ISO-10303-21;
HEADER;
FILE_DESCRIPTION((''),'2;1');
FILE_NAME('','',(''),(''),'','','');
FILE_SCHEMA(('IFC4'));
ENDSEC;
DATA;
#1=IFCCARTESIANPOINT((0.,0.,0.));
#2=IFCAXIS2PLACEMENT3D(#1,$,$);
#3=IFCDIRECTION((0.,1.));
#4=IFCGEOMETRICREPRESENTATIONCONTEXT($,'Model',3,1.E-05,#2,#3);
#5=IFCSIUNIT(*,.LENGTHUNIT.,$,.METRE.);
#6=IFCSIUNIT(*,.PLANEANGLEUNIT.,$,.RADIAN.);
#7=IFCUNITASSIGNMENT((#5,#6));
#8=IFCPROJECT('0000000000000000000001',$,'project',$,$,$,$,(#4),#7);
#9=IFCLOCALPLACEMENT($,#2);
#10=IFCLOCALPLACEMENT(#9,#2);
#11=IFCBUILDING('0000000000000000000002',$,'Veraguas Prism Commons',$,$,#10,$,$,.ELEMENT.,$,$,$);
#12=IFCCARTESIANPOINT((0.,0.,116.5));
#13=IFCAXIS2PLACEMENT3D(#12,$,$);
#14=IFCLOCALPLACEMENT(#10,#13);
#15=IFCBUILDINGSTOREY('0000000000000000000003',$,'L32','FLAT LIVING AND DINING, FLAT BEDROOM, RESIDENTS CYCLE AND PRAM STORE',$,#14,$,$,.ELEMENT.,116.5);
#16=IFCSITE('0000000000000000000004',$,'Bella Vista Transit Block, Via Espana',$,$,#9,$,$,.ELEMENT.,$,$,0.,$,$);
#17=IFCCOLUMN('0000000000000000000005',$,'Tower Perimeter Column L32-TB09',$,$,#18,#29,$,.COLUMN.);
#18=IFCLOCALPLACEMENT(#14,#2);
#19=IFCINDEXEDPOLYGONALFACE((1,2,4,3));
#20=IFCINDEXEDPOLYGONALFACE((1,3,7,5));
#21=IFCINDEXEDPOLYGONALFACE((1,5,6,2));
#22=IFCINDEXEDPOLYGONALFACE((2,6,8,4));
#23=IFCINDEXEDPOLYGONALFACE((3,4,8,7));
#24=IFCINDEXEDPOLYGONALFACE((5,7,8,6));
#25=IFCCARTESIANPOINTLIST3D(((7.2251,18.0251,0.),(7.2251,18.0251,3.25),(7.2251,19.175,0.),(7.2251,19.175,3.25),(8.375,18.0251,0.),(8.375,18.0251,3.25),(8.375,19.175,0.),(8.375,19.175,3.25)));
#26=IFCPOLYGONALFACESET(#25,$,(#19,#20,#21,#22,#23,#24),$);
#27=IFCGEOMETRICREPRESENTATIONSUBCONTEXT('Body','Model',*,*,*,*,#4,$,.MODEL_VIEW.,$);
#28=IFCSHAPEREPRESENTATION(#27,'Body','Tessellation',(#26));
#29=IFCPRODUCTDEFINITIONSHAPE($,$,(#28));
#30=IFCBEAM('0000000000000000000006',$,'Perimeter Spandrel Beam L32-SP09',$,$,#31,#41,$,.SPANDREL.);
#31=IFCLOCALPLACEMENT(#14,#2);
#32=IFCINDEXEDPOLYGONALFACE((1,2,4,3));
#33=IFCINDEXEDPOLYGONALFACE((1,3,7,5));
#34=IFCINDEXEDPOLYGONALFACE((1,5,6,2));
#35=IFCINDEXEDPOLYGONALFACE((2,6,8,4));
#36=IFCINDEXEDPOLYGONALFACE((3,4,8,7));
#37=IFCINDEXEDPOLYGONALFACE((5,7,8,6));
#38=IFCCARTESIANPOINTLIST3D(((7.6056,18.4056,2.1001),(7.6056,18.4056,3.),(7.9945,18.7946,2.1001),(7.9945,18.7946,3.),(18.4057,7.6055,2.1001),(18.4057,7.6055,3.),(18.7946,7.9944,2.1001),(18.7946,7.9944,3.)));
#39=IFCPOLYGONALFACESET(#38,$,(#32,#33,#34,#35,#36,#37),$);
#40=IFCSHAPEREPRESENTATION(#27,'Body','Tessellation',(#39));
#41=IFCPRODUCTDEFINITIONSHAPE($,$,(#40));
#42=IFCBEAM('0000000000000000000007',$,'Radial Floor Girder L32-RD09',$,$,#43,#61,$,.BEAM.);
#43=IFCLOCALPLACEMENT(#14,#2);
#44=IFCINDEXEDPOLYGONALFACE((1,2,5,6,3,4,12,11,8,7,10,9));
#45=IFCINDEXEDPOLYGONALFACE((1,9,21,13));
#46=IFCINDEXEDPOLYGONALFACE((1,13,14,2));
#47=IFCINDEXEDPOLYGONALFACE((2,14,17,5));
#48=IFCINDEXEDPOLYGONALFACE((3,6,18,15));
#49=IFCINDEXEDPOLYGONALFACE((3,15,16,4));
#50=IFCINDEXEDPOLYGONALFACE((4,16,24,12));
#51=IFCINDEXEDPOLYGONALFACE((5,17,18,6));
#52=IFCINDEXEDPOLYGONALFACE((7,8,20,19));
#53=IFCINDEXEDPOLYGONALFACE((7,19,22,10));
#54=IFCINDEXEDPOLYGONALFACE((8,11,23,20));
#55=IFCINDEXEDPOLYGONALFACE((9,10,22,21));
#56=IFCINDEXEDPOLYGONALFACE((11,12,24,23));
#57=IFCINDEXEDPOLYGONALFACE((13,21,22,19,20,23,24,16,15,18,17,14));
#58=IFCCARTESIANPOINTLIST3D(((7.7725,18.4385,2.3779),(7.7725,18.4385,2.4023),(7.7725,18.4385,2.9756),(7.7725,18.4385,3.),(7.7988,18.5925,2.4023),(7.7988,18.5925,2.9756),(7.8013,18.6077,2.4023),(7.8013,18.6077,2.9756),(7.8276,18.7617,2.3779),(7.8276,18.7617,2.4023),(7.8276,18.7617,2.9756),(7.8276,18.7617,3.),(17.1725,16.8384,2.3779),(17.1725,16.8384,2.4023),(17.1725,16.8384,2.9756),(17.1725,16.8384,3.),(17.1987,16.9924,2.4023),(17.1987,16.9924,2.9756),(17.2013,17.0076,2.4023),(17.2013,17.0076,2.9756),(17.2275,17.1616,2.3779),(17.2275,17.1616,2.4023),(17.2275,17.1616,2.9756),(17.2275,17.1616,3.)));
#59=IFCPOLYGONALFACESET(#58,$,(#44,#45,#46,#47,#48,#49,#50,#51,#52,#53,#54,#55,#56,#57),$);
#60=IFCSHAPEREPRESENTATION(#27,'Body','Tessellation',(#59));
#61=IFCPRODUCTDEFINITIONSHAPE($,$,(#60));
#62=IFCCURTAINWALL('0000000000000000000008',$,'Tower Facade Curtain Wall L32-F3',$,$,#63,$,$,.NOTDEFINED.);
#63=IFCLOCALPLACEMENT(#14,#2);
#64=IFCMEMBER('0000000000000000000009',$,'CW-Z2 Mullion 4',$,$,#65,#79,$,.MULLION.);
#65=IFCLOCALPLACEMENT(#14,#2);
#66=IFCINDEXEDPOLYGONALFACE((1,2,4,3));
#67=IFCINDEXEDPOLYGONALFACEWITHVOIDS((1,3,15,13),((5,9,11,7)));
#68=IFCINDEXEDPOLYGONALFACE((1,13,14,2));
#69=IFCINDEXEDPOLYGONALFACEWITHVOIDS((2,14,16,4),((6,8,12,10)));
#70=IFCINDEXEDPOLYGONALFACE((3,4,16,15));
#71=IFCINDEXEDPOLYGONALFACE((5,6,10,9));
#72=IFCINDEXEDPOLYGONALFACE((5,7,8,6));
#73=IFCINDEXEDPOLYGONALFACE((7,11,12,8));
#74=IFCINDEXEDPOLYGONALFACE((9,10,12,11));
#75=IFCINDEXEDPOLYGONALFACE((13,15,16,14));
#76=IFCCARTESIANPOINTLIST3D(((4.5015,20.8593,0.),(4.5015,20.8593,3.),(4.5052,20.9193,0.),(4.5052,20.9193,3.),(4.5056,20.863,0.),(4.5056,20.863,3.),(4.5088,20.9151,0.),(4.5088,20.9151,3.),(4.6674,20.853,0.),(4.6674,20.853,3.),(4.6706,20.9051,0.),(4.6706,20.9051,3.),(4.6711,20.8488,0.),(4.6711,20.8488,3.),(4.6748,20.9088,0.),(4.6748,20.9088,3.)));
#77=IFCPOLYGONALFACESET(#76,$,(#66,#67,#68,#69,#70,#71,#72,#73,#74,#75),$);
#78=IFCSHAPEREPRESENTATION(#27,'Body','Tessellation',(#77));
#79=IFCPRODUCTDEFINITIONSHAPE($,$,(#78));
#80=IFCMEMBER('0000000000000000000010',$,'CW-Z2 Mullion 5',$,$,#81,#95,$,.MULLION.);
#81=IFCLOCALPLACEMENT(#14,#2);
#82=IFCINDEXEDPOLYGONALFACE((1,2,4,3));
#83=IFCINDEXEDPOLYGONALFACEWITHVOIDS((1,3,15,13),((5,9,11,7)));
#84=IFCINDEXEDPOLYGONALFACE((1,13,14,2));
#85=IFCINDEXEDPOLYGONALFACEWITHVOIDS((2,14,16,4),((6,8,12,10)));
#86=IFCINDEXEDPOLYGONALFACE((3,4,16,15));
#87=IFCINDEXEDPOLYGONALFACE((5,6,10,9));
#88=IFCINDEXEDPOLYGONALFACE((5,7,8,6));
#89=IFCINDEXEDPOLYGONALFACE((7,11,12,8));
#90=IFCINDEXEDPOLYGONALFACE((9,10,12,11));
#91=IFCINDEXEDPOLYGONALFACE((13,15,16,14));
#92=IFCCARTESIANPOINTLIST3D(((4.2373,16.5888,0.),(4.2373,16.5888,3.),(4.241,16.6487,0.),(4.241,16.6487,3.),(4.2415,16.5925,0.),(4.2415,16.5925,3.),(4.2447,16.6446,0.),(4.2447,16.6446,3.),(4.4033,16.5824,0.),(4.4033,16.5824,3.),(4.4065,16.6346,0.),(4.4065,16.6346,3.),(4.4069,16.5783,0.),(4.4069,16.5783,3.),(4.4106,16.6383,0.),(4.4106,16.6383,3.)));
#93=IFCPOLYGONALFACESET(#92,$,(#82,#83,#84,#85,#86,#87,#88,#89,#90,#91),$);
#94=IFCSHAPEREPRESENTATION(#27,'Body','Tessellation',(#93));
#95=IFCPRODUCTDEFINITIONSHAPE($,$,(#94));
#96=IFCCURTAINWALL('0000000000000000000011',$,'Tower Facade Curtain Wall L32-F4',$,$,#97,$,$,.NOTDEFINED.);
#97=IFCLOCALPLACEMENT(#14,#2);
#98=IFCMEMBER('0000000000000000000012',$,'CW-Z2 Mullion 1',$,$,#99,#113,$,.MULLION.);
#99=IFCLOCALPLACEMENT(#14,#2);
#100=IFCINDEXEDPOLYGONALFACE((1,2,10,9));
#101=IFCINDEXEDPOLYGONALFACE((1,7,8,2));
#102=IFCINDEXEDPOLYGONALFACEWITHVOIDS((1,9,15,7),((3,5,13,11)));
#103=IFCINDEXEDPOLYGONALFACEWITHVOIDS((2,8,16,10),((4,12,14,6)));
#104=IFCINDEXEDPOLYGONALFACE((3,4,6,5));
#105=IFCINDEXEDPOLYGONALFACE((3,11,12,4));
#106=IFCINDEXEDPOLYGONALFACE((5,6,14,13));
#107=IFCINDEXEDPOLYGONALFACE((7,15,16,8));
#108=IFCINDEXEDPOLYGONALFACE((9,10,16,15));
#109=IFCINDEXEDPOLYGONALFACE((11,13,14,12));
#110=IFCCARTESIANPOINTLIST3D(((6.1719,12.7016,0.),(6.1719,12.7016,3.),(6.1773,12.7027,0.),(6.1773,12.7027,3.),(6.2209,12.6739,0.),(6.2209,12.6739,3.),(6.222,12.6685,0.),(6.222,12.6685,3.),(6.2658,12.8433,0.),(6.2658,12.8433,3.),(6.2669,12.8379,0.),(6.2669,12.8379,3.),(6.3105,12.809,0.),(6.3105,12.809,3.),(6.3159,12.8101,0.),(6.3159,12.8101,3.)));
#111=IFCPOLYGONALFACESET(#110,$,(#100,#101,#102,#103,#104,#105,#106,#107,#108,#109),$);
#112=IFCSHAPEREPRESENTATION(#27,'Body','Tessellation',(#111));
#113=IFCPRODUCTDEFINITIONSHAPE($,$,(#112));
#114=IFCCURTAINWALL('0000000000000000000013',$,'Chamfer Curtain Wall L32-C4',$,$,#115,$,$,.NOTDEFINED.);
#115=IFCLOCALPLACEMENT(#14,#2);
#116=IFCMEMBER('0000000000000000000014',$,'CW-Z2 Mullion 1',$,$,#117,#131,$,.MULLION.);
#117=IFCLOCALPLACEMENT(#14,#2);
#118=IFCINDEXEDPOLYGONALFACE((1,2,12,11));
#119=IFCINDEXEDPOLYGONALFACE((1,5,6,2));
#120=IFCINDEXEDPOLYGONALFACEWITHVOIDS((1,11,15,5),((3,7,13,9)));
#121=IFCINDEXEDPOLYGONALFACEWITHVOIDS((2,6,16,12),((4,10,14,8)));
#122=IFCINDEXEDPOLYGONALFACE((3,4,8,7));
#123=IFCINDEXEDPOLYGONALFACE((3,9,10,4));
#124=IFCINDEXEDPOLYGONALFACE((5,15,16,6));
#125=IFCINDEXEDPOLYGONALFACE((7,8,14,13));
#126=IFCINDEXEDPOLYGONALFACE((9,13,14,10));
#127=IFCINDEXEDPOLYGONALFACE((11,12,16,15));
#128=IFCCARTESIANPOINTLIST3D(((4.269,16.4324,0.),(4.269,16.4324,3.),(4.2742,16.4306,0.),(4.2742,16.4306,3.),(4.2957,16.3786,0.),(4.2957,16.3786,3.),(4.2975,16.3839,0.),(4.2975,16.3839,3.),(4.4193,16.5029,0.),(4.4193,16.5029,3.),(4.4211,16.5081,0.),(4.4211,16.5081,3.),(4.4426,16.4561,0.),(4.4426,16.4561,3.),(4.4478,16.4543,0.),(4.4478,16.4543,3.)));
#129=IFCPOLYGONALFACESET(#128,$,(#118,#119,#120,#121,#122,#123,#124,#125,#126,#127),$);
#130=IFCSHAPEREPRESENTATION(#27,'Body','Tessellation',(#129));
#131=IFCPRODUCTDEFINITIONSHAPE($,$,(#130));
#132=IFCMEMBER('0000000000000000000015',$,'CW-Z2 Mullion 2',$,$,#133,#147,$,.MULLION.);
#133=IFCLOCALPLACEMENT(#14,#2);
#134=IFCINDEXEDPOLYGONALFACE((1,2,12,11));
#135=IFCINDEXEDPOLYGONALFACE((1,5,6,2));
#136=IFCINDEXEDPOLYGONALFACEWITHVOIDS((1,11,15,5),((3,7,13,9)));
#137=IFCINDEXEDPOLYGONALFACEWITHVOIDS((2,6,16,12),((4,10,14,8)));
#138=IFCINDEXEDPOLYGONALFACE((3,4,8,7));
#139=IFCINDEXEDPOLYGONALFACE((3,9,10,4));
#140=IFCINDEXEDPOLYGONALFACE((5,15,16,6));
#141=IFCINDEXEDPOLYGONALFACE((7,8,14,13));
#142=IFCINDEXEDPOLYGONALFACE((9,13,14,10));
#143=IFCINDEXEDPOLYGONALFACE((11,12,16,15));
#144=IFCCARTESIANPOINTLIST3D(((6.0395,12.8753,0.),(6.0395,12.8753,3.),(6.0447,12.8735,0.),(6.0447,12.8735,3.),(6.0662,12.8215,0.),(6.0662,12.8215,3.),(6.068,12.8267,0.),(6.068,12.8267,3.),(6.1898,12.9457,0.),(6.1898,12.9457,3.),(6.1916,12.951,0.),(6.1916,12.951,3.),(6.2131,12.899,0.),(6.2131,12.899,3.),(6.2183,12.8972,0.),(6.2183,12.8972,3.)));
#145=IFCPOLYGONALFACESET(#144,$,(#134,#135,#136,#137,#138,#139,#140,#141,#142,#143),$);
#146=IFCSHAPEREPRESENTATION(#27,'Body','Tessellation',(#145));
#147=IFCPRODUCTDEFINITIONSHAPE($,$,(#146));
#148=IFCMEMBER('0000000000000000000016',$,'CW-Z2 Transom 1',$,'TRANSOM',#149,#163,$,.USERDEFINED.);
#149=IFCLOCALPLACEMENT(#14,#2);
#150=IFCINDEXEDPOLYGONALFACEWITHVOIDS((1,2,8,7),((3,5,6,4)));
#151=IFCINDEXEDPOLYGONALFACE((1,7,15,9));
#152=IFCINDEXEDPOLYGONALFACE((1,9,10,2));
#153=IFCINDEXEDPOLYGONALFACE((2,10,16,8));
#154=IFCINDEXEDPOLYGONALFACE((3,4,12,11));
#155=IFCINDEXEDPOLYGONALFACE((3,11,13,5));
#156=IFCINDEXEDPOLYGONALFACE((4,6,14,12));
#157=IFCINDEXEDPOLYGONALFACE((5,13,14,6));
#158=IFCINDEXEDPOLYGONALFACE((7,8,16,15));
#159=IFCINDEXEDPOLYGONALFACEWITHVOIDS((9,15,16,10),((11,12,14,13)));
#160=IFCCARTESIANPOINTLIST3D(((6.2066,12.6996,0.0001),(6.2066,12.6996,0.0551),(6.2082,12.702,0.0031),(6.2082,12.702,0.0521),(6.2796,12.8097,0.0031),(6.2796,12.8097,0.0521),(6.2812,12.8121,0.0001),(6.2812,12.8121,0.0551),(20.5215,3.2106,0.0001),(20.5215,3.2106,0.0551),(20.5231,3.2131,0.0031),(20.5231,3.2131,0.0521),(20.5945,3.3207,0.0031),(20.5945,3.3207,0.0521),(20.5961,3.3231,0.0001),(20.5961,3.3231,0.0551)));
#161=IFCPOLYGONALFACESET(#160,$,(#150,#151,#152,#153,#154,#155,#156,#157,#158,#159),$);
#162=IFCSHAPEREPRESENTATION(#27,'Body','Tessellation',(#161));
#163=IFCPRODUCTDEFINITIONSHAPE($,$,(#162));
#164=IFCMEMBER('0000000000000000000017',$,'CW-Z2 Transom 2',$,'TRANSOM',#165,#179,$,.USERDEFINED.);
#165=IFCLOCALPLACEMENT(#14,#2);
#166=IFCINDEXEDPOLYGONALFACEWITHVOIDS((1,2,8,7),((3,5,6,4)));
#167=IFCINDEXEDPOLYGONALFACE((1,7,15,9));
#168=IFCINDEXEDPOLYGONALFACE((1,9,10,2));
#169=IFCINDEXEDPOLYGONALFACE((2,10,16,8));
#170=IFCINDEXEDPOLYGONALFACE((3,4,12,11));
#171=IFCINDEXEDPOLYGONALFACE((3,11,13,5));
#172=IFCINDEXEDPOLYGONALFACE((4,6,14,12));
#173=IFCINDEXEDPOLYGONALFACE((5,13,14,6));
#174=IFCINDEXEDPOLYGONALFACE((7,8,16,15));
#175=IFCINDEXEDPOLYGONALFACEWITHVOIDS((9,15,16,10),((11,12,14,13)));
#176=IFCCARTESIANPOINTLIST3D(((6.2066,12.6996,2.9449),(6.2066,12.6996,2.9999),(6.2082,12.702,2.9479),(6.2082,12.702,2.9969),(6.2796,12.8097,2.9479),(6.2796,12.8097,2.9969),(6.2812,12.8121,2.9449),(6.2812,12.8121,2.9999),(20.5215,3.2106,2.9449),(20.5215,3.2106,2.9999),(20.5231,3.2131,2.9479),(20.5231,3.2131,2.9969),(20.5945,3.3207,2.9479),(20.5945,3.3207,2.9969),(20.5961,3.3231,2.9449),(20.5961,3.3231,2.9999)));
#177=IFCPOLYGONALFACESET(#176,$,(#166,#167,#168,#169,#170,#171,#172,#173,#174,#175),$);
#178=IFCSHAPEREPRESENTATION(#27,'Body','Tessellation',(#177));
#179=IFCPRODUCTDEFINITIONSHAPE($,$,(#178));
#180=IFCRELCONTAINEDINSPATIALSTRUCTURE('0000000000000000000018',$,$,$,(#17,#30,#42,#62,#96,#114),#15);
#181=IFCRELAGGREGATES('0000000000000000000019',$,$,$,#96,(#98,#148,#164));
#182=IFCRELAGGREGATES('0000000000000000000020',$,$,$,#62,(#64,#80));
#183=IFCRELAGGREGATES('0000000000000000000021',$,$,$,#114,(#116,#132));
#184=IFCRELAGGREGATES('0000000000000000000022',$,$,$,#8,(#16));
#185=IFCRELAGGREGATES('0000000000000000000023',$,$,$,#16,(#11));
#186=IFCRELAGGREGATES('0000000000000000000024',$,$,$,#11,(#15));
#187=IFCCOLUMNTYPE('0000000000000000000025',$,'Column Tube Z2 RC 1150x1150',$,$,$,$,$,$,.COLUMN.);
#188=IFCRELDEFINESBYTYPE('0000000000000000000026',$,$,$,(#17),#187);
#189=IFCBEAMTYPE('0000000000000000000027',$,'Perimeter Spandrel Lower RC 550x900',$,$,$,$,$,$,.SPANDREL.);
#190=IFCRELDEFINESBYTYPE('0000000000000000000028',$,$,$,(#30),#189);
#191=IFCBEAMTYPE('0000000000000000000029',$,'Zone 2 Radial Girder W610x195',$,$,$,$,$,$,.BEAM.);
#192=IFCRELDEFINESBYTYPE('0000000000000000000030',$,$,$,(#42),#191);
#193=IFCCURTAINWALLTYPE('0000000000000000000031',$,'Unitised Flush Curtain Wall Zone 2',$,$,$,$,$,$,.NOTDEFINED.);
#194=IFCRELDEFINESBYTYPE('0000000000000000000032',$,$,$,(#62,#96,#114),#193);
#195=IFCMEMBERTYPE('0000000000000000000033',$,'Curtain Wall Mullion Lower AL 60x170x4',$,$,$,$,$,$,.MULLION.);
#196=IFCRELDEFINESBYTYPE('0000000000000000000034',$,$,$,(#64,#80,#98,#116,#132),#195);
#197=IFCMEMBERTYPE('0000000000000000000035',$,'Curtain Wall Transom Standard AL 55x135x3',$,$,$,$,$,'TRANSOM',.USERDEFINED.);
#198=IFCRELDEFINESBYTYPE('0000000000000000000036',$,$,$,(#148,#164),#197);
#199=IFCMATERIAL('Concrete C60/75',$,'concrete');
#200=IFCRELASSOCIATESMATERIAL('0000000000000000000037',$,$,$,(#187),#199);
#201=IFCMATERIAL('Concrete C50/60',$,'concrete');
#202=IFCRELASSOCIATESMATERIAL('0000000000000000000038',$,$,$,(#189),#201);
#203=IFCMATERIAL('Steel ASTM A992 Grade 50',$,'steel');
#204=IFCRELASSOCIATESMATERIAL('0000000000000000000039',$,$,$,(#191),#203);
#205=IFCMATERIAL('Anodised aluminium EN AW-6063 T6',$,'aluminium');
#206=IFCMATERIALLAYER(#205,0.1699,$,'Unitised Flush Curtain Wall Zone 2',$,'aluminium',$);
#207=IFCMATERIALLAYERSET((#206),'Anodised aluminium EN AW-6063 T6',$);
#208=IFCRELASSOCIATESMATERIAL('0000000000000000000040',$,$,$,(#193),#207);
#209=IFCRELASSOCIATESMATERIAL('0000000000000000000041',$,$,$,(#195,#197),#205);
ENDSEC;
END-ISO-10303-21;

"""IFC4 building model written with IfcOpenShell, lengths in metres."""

from ifc_helpers import new_model, si_unit, direction, frame, origin, origin_2d, place, context, subcontext, project, spatial, rectangle, hollow_rectangle, i_section, extrude, source, transform, mapped, material, layer, layer_set, material_profile, profile_set, type_object, element, aggregate, save


model = new_model("IFC4")

# Units and contexts
model_context = context("Model", 3, precision=1e-05, world=origin(), true_north=direction((0.0, 1.0)))
body_context = subcontext(model_context, "Body", "Model", "MODEL_VIEW")
ifc_project = project(units=[si_unit("LENGTHUNIT", "METRE"), si_unit("PLANEANGLEUNIT", "RADIAN")], contexts=[model_context])

# Site, building, storey
site_placement = place(None, origin())
site = spatial("IfcSite", under=ifc_project, at=site_placement, Name="Bella Vista Transit Block, Via Espana", CompositionType="ELEMENT", RefElevation=0.0)
building_placement = place(site_placement, origin())
building = spatial("IfcBuilding", under=site, at=building_placement, Name="Veraguas Prism Commons", CompositionType="ELEMENT")
storey_placement = place(building_placement, frame((0.0, 0.0, 116.5)))
storey = spatial("IfcBuildingStorey", under=building, at=storey_placement, Name="L32", Description="FLAT LIVING AND DINING, FLAT BEDROOM, RESIDENTS CYCLE AND PRAM STORE", CompositionType="ELEMENT", Elevation=116.5)

# Column
ifc_material_1 = material(Name="Concrete C60/75", Category="concrete")
ifc_material_profile_1 = material_profile(ifc_material_1, rectangle(XDim=1.1499, YDim=1.1499, at=origin_2d()), Name="RC1150X1150")
ifc_profile_set_1 = profile_set([ifc_material_profile_1], Name="Concrete C60/75")
column_type = type_object("IfcColumnType", Name="Column Tube Z2 RC 1150x1150", PredefinedType="COLUMN", material=ifc_profile_set_1)
column_placement = place(storey_placement, frame((7.8, 18.6001, 0.0), z_axis=(0.0, 0.0, 1.0), x_axis=(1.0, 0.0, 0.0)))
element("IfcColumn", 1, at=column_placement, inside=storey, type_object=column_type, Name="Tower Perimeter Column L32-TB09", PredefinedType="COLUMN", context=body_context, shape_type="SweptSolid", body=[
    extrude(rectangle(XDim=1.1499, YDim=1.1499, at=origin_2d()), origin(), (0.0, 0.0, 1.0), 3.25),
])

# Beams
ifc_material_2 = material(Name="Concrete C50/60", Category="concrete")
ifc_material_profile_2 = material_profile(ifc_material_2, rectangle(XDim=0.55, YDim=0.8999, at=origin_2d()), Name="RC550X900")
ifc_profile_set_2 = profile_set([ifc_material_profile_2], Name="Concrete C50/60")
beam_type_1 = type_object("IfcBeamType", Name="Perimeter Spandrel Lower RC 550x900", PredefinedType="SPANDREL", material=ifc_profile_set_2)
beam_1_placement = place(storey_placement, frame((7.8, 18.6001, 2.55), z_axis=(0.707107, -0.707107, 0.0), x_axis=(0.707107, 0.707107, 0.0)))
element("IfcBeam", 2, at=beam_1_placement, inside=storey, type_object=beam_type_1, Name="Perimeter Spandrel Beam L32-SP09", PredefinedType="SPANDREL", context=body_context, shape_type="SweptSolid", body=[
    extrude(rectangle(XDim=0.55, YDim=0.8999, at=origin_2d()), origin(), (0.0, 0.0, 1.0), 15.2737),
])
ifc_material_3 = material(Name="Steel ASTM A992 Grade 50", Category="steel")
ifc_material_profile_3 = material_profile(ifc_material_3, i_section(OverallWidth=0.3279, OverallDepth=0.6221, WebThickness=0.0154, FlangeThickness=0.0244, at=origin_2d()), Name="W610X195")
ifc_profile_set_3 = profile_set([ifc_material_profile_3], Name="Steel ASTM A992 Grade 50")
beam_type_2 = type_object("IfcBeamType", Name="Zone 2 Radial Girder W610x195", PredefinedType="BEAM", material=ifc_profile_set_3)
beam_2_placement = place(storey_placement, frame((7.8, 18.6001, 2.689), z_axis=(0.985819, -0.167811, 0.0), x_axis=(0.167811, 0.985819, 0.0)))
element("IfcBeam", 3, at=beam_2_placement, inside=storey, type_object=beam_type_2, Name="Radial Floor Girder L32-RD09", PredefinedType="BEAM", context=body_context, shape_type="SweptSolid", body=[
    extrude(i_section(OverallWidth=0.3279, OverallDepth=0.6221, WebThickness=0.0154, FlangeThickness=0.0244, at=origin_2d()), origin(), (0.0, 0.0, 1.0), 9.5352),
])

# Curtain wall, members
ifc_material_4 = material(Name="Anodised aluminium EN AW-6063 T6", Category="aluminium")
ifc_layer_1 = layer(ifc_material_4, 0.1699, Name="Unitised Flush Curtain Wall Zone 2", Category="aluminium")
ifc_layer_set_1 = layer_set([ifc_layer_1], Name="Anodised aluminium EN AW-6063 T6")
curtain_wall_type = type_object("IfcCurtainWallType", Name="Unitised Flush Curtain Wall Zone 2", PredefinedType="NOTDEFINED", material=ifc_layer_set_1)
curtain_wall_1_placement = place(storey_placement, origin())
curtain_wall_1 = element("IfcCurtainWall", 4, at=curtain_wall_1_placement, inside=storey, type_object=curtain_wall_type, Name="Tower Facade Curtain Wall L32-F3", PredefinedType="NOTDEFINED")
ifc_material_profile_4 = material_profile(ifc_material_4, hollow_rectangle(XDim=0.0601, YDim=0.1699, WallThickness=0.0039, at=origin_2d()), Name="AL60X170X4")
ifc_profile_set_4 = profile_set([ifc_material_profile_4], Name="Anodised aluminium EN AW-6063 T6")
member_type_1 = type_object("IfcMemberType", Name="Curtain Wall Mullion Lower AL 60x170x4", PredefinedType="MULLION", material=ifc_profile_set_4)
shared_shape_1 = source(origin(), body_context, "Body", "SweptSolid", [
    extrude(hollow_rectangle(XDim=0.0601, YDim=0.1699, WallThickness=0.0039, at=origin_2d()), origin(), (0.0, 0.0, 1.0), 3.0),
])
member_1_placement = place(storey_placement, frame((4.5881, 20.884, 0.0), z_axis=(0.0, 0.0, 1.0), x_axis=(-0.061744, -0.998092, 0.0)))
member_1 = element("IfcMember", 5, at=member_1_placement, type_object=member_type_1, Name="CW-Z2 Mullion 4", PredefinedType="MULLION", context=body_context, shape_type="MappedRepresentation", body=[
    mapped(shared_shape_1, transform((0.0, 0.0, 0.0), scale=1.0)),
])
member_2_placement = place(storey_placement, frame((4.324, 16.6135, 0.0), z_axis=(0.0, 0.0, 1.0), x_axis=(-0.061744, -0.998092, 0.0)))
member_2 = element("IfcMember", 6, at=member_2_placement, type_object=member_type_1, Name="CW-Z2 Mullion 5", PredefinedType="MULLION", context=body_context, shape_type="MappedRepresentation", body=[
    mapped(shared_shape_1, transform((0.0, 0.0, 0.0), scale=1.0)),
])

# Curtain wall, member
curtain_wall_2_placement = place(storey_placement, origin())
curtain_wall_2 = element("IfcCurtainWall", 7, at=curtain_wall_2_placement, inside=storey, type_object=curtain_wall_type, Name="Tower Facade Curtain Wall L32-F4", PredefinedType="NOTDEFINED")
member_3_placement = place(storey_placement, frame((6.2439, 12.7559, 0.0), z_axis=(0.0, 0.0, 1.0), x_axis=(0.833504, -0.552513, 0.0)))
member_3 = element("IfcMember", 8, at=member_3_placement, type_object=member_type_1, Name="CW-Z2 Mullion 1", PredefinedType="MULLION", context=body_context, shape_type="MappedRepresentation", body=[
    mapped(shared_shape_1, transform((0.0, 0.0, 0.0), scale=1.0)),
])

# Curtain wall, members
curtain_wall_3_placement = place(storey_placement, origin())
curtain_wall_3 = element("IfcCurtainWall", 9, at=curtain_wall_3_placement, inside=storey, type_object=curtain_wall_type, Name="Chamfer Curtain Wall L32-C4", PredefinedType="NOTDEFINED")
member_4_placement = place(storey_placement, frame((4.3584, 16.4434, 0.0), z_axis=(0.0, 0.0, 1.0), x_axis=(0.445576, -0.895244, 0.0)))
member_4 = element("IfcMember", 10, at=member_4_placement, type_object=member_type_1, Name="CW-Z2 Mullion 1", PredefinedType="MULLION", context=body_context, shape_type="MappedRepresentation", body=[
    mapped(shared_shape_1, transform((0.0, 0.0, 0.0), scale=1.0)),
])
member_5_placement = place(storey_placement, frame((6.1289, 12.8862, 0.0), z_axis=(0.0, 0.0, 1.0), x_axis=(0.445576, -0.895244, 0.0)))
member_5 = element("IfcMember", 11, at=member_5_placement, type_object=member_type_1, Name="CW-Z2 Mullion 2", PredefinedType="MULLION", context=body_context, shape_type="MappedRepresentation", body=[
    mapped(shared_shape_1, transform((0.0, 0.0, 0.0), scale=1.0)),
])

# Members
ifc_material_profile_5 = material_profile(ifc_material_4, hollow_rectangle(XDim=0.0549, YDim=0.135, WallThickness=0.0029, at=origin_2d()), Name="AL55X135X3")
ifc_profile_set_5 = profile_set([ifc_material_profile_5], Name="Anodised aluminium EN AW-6063 T6")
member_type_2 = type_object("IfcMemberType", Name="Curtain Wall Transom Standard AL 55x135x3", ElementType="TRANSOM", PredefinedType="USERDEFINED", material=ifc_profile_set_5)
shared_shape_2 = source(origin(), body_context, "Body", "SweptSolid", [
    extrude(hollow_rectangle(XDim=0.0549, YDim=0.135, WallThickness=0.0029, at=origin_2d()), origin(), (0.0, 0.0, 1.0), 17.1743),
])
member_6_placement = place(storey_placement, frame((6.2439, 12.7559, 0.0276), z_axis=(0.833506, -0.55251, 0.0), x_axis=(0.0, 0.0, 1.0)))
member_6 = element("IfcMember", 12, at=member_6_placement, type_object=member_type_2, Name="CW-Z2 Transom 1", ObjectType="TRANSOM", PredefinedType="USERDEFINED", context=body_context, shape_type="MappedRepresentation", body=[
    mapped(shared_shape_2, transform((0.0, 0.0, 0.0), scale=1.0)),
])
member_7_placement = place(storey_placement, frame((6.2439, 12.7559, 2.9724), z_axis=(0.833506, -0.55251, 0.0), x_axis=(0.0, 0.0, 1.0)))
member_7 = element("IfcMember", 13, at=member_7_placement, type_object=member_type_2, Name="CW-Z2 Transom 2", ObjectType="TRANSOM", PredefinedType="USERDEFINED", context=body_context, shape_type="MappedRepresentation", body=[
    mapped(shared_shape_2, transform((0.0, 0.0, 0.0), scale=1.0)),
])
aggregate(curtain_wall_2, [member_3, member_6, member_7])

aggregate(curtain_wall_1, [member_1, member_2])
aggregate(curtain_wall_3, [member_4, member_5])

save(model, "model.ifc")
